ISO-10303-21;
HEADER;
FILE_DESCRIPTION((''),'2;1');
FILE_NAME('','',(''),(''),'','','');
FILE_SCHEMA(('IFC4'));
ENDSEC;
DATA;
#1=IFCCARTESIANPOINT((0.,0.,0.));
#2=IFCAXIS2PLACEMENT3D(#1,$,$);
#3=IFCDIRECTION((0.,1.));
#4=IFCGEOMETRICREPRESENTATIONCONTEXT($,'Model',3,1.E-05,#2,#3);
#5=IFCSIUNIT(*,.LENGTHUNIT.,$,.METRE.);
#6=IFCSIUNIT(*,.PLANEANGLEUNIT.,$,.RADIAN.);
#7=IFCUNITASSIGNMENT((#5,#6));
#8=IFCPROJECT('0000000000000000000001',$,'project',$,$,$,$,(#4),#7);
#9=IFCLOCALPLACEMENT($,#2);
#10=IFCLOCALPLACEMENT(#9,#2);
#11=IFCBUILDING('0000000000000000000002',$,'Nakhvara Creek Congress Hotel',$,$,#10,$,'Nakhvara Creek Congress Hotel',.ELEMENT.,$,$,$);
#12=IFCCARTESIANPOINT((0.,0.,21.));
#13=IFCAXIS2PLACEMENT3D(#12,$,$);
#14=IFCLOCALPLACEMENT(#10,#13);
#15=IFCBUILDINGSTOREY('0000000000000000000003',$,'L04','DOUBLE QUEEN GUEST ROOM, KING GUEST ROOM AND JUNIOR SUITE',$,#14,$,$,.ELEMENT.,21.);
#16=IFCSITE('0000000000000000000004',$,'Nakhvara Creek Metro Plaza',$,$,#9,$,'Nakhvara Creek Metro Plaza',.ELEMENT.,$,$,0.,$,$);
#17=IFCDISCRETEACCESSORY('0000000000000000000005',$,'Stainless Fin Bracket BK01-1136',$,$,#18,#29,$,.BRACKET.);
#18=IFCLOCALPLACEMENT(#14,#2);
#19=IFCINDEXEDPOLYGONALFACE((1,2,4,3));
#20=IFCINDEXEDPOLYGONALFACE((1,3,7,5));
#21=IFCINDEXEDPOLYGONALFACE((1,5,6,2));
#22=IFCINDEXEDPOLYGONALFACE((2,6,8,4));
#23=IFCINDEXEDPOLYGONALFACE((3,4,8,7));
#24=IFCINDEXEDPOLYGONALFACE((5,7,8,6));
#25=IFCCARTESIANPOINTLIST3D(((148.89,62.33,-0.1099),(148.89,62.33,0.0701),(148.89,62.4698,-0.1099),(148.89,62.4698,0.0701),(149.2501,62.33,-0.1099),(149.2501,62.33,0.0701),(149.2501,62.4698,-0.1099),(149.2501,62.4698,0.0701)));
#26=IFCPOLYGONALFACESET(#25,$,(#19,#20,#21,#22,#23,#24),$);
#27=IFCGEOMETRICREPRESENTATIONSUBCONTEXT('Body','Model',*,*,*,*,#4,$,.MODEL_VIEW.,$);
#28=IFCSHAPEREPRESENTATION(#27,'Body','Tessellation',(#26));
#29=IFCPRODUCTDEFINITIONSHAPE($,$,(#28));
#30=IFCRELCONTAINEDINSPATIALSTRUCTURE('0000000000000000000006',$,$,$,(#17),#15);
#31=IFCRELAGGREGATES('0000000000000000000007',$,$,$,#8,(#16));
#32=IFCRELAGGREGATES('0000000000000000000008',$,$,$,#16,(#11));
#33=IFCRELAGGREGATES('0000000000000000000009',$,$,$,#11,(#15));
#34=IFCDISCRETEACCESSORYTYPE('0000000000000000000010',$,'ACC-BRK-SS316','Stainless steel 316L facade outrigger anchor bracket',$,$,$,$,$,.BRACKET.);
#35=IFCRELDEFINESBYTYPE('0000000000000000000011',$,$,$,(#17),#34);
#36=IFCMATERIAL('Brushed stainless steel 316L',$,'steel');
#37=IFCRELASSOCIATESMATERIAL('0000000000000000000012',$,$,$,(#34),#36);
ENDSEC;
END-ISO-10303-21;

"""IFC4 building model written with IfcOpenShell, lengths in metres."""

from ifc_helpers import new_model, si_unit, direction, frame, origin, origin_2d, place, context, subcontext, project, spatial, rectangle, extrude, material, type_object, element, save


model = new_model("IFC4")

# Units and contexts
model_context = context("Model", 3, precision=1e-05, world=origin(), true_north=direction((0.0, 1.0)))
body_context = subcontext(model_context, "Body", "Model", "MODEL_VIEW")
ifc_project = project(units=[si_unit("LENGTHUNIT", "METRE"), si_unit("PLANEANGLEUNIT", "RADIAN")], contexts=[model_context])

# Site, building, storey
site_placement = place(None, origin())
site = spatial("IfcSite", under=ifc_project, at=site_placement, Name="Nakhvara Creek Metro Plaza", LongName="Nakhvara Creek Metro Plaza", CompositionType="ELEMENT", RefElevation=0.0)
building_placement = place(site_placement, origin())
building = spatial("IfcBuilding", under=site, at=building_placement, Name="Nakhvara Creek Congress Hotel", LongName="Nakhvara Creek Congress Hotel", CompositionType="ELEMENT")
storey_placement = place(building_placement, frame((0.0, 0.0, 21.0)))
storey = spatial("IfcBuildingStorey", under=building, at=storey_placement, Name="L04", Description="DOUBLE QUEEN GUEST ROOM, KING GUEST ROOM AND JUNIOR SUITE", CompositionType="ELEMENT", Elevation=21.0)

# Discrete accessory
ifc_material_1 = material(Name="Brushed stainless steel 316L", Category="steel")
discrete_accessory_type = type_object("IfcDiscreteAccessoryType", Name="ACC-BRK-SS316", Description="Stainless steel 316L facade outrigger anchor bracket", PredefinedType="BRACKET", material=ifc_material_1)
for number, where, z_axis, x_axis, name in (
    (1, (149.0701, 62.3999, -0.1099), (0.0, 0.0, 1.0), (0.0, 1.0, 0.0), "Stainless Fin Bracket BK01-1136"),
):
    element("IfcDiscreteAccessory", number, at=place(storey_placement, frame(where, z_axis=z_axis, x_axis=x_axis)), inside=storey, type_object=discrete_accessory_type, Name=name, PredefinedType="BRACKET", context=body_context, shape_type="SweptSolid", body=[
        extrude(rectangle(XDim=0.1399, YDim=0.3601, at=origin_2d()), origin(), (0.0, 0.0, 1.0), 0.1799),
    ])

save(model, "model.ifc")
